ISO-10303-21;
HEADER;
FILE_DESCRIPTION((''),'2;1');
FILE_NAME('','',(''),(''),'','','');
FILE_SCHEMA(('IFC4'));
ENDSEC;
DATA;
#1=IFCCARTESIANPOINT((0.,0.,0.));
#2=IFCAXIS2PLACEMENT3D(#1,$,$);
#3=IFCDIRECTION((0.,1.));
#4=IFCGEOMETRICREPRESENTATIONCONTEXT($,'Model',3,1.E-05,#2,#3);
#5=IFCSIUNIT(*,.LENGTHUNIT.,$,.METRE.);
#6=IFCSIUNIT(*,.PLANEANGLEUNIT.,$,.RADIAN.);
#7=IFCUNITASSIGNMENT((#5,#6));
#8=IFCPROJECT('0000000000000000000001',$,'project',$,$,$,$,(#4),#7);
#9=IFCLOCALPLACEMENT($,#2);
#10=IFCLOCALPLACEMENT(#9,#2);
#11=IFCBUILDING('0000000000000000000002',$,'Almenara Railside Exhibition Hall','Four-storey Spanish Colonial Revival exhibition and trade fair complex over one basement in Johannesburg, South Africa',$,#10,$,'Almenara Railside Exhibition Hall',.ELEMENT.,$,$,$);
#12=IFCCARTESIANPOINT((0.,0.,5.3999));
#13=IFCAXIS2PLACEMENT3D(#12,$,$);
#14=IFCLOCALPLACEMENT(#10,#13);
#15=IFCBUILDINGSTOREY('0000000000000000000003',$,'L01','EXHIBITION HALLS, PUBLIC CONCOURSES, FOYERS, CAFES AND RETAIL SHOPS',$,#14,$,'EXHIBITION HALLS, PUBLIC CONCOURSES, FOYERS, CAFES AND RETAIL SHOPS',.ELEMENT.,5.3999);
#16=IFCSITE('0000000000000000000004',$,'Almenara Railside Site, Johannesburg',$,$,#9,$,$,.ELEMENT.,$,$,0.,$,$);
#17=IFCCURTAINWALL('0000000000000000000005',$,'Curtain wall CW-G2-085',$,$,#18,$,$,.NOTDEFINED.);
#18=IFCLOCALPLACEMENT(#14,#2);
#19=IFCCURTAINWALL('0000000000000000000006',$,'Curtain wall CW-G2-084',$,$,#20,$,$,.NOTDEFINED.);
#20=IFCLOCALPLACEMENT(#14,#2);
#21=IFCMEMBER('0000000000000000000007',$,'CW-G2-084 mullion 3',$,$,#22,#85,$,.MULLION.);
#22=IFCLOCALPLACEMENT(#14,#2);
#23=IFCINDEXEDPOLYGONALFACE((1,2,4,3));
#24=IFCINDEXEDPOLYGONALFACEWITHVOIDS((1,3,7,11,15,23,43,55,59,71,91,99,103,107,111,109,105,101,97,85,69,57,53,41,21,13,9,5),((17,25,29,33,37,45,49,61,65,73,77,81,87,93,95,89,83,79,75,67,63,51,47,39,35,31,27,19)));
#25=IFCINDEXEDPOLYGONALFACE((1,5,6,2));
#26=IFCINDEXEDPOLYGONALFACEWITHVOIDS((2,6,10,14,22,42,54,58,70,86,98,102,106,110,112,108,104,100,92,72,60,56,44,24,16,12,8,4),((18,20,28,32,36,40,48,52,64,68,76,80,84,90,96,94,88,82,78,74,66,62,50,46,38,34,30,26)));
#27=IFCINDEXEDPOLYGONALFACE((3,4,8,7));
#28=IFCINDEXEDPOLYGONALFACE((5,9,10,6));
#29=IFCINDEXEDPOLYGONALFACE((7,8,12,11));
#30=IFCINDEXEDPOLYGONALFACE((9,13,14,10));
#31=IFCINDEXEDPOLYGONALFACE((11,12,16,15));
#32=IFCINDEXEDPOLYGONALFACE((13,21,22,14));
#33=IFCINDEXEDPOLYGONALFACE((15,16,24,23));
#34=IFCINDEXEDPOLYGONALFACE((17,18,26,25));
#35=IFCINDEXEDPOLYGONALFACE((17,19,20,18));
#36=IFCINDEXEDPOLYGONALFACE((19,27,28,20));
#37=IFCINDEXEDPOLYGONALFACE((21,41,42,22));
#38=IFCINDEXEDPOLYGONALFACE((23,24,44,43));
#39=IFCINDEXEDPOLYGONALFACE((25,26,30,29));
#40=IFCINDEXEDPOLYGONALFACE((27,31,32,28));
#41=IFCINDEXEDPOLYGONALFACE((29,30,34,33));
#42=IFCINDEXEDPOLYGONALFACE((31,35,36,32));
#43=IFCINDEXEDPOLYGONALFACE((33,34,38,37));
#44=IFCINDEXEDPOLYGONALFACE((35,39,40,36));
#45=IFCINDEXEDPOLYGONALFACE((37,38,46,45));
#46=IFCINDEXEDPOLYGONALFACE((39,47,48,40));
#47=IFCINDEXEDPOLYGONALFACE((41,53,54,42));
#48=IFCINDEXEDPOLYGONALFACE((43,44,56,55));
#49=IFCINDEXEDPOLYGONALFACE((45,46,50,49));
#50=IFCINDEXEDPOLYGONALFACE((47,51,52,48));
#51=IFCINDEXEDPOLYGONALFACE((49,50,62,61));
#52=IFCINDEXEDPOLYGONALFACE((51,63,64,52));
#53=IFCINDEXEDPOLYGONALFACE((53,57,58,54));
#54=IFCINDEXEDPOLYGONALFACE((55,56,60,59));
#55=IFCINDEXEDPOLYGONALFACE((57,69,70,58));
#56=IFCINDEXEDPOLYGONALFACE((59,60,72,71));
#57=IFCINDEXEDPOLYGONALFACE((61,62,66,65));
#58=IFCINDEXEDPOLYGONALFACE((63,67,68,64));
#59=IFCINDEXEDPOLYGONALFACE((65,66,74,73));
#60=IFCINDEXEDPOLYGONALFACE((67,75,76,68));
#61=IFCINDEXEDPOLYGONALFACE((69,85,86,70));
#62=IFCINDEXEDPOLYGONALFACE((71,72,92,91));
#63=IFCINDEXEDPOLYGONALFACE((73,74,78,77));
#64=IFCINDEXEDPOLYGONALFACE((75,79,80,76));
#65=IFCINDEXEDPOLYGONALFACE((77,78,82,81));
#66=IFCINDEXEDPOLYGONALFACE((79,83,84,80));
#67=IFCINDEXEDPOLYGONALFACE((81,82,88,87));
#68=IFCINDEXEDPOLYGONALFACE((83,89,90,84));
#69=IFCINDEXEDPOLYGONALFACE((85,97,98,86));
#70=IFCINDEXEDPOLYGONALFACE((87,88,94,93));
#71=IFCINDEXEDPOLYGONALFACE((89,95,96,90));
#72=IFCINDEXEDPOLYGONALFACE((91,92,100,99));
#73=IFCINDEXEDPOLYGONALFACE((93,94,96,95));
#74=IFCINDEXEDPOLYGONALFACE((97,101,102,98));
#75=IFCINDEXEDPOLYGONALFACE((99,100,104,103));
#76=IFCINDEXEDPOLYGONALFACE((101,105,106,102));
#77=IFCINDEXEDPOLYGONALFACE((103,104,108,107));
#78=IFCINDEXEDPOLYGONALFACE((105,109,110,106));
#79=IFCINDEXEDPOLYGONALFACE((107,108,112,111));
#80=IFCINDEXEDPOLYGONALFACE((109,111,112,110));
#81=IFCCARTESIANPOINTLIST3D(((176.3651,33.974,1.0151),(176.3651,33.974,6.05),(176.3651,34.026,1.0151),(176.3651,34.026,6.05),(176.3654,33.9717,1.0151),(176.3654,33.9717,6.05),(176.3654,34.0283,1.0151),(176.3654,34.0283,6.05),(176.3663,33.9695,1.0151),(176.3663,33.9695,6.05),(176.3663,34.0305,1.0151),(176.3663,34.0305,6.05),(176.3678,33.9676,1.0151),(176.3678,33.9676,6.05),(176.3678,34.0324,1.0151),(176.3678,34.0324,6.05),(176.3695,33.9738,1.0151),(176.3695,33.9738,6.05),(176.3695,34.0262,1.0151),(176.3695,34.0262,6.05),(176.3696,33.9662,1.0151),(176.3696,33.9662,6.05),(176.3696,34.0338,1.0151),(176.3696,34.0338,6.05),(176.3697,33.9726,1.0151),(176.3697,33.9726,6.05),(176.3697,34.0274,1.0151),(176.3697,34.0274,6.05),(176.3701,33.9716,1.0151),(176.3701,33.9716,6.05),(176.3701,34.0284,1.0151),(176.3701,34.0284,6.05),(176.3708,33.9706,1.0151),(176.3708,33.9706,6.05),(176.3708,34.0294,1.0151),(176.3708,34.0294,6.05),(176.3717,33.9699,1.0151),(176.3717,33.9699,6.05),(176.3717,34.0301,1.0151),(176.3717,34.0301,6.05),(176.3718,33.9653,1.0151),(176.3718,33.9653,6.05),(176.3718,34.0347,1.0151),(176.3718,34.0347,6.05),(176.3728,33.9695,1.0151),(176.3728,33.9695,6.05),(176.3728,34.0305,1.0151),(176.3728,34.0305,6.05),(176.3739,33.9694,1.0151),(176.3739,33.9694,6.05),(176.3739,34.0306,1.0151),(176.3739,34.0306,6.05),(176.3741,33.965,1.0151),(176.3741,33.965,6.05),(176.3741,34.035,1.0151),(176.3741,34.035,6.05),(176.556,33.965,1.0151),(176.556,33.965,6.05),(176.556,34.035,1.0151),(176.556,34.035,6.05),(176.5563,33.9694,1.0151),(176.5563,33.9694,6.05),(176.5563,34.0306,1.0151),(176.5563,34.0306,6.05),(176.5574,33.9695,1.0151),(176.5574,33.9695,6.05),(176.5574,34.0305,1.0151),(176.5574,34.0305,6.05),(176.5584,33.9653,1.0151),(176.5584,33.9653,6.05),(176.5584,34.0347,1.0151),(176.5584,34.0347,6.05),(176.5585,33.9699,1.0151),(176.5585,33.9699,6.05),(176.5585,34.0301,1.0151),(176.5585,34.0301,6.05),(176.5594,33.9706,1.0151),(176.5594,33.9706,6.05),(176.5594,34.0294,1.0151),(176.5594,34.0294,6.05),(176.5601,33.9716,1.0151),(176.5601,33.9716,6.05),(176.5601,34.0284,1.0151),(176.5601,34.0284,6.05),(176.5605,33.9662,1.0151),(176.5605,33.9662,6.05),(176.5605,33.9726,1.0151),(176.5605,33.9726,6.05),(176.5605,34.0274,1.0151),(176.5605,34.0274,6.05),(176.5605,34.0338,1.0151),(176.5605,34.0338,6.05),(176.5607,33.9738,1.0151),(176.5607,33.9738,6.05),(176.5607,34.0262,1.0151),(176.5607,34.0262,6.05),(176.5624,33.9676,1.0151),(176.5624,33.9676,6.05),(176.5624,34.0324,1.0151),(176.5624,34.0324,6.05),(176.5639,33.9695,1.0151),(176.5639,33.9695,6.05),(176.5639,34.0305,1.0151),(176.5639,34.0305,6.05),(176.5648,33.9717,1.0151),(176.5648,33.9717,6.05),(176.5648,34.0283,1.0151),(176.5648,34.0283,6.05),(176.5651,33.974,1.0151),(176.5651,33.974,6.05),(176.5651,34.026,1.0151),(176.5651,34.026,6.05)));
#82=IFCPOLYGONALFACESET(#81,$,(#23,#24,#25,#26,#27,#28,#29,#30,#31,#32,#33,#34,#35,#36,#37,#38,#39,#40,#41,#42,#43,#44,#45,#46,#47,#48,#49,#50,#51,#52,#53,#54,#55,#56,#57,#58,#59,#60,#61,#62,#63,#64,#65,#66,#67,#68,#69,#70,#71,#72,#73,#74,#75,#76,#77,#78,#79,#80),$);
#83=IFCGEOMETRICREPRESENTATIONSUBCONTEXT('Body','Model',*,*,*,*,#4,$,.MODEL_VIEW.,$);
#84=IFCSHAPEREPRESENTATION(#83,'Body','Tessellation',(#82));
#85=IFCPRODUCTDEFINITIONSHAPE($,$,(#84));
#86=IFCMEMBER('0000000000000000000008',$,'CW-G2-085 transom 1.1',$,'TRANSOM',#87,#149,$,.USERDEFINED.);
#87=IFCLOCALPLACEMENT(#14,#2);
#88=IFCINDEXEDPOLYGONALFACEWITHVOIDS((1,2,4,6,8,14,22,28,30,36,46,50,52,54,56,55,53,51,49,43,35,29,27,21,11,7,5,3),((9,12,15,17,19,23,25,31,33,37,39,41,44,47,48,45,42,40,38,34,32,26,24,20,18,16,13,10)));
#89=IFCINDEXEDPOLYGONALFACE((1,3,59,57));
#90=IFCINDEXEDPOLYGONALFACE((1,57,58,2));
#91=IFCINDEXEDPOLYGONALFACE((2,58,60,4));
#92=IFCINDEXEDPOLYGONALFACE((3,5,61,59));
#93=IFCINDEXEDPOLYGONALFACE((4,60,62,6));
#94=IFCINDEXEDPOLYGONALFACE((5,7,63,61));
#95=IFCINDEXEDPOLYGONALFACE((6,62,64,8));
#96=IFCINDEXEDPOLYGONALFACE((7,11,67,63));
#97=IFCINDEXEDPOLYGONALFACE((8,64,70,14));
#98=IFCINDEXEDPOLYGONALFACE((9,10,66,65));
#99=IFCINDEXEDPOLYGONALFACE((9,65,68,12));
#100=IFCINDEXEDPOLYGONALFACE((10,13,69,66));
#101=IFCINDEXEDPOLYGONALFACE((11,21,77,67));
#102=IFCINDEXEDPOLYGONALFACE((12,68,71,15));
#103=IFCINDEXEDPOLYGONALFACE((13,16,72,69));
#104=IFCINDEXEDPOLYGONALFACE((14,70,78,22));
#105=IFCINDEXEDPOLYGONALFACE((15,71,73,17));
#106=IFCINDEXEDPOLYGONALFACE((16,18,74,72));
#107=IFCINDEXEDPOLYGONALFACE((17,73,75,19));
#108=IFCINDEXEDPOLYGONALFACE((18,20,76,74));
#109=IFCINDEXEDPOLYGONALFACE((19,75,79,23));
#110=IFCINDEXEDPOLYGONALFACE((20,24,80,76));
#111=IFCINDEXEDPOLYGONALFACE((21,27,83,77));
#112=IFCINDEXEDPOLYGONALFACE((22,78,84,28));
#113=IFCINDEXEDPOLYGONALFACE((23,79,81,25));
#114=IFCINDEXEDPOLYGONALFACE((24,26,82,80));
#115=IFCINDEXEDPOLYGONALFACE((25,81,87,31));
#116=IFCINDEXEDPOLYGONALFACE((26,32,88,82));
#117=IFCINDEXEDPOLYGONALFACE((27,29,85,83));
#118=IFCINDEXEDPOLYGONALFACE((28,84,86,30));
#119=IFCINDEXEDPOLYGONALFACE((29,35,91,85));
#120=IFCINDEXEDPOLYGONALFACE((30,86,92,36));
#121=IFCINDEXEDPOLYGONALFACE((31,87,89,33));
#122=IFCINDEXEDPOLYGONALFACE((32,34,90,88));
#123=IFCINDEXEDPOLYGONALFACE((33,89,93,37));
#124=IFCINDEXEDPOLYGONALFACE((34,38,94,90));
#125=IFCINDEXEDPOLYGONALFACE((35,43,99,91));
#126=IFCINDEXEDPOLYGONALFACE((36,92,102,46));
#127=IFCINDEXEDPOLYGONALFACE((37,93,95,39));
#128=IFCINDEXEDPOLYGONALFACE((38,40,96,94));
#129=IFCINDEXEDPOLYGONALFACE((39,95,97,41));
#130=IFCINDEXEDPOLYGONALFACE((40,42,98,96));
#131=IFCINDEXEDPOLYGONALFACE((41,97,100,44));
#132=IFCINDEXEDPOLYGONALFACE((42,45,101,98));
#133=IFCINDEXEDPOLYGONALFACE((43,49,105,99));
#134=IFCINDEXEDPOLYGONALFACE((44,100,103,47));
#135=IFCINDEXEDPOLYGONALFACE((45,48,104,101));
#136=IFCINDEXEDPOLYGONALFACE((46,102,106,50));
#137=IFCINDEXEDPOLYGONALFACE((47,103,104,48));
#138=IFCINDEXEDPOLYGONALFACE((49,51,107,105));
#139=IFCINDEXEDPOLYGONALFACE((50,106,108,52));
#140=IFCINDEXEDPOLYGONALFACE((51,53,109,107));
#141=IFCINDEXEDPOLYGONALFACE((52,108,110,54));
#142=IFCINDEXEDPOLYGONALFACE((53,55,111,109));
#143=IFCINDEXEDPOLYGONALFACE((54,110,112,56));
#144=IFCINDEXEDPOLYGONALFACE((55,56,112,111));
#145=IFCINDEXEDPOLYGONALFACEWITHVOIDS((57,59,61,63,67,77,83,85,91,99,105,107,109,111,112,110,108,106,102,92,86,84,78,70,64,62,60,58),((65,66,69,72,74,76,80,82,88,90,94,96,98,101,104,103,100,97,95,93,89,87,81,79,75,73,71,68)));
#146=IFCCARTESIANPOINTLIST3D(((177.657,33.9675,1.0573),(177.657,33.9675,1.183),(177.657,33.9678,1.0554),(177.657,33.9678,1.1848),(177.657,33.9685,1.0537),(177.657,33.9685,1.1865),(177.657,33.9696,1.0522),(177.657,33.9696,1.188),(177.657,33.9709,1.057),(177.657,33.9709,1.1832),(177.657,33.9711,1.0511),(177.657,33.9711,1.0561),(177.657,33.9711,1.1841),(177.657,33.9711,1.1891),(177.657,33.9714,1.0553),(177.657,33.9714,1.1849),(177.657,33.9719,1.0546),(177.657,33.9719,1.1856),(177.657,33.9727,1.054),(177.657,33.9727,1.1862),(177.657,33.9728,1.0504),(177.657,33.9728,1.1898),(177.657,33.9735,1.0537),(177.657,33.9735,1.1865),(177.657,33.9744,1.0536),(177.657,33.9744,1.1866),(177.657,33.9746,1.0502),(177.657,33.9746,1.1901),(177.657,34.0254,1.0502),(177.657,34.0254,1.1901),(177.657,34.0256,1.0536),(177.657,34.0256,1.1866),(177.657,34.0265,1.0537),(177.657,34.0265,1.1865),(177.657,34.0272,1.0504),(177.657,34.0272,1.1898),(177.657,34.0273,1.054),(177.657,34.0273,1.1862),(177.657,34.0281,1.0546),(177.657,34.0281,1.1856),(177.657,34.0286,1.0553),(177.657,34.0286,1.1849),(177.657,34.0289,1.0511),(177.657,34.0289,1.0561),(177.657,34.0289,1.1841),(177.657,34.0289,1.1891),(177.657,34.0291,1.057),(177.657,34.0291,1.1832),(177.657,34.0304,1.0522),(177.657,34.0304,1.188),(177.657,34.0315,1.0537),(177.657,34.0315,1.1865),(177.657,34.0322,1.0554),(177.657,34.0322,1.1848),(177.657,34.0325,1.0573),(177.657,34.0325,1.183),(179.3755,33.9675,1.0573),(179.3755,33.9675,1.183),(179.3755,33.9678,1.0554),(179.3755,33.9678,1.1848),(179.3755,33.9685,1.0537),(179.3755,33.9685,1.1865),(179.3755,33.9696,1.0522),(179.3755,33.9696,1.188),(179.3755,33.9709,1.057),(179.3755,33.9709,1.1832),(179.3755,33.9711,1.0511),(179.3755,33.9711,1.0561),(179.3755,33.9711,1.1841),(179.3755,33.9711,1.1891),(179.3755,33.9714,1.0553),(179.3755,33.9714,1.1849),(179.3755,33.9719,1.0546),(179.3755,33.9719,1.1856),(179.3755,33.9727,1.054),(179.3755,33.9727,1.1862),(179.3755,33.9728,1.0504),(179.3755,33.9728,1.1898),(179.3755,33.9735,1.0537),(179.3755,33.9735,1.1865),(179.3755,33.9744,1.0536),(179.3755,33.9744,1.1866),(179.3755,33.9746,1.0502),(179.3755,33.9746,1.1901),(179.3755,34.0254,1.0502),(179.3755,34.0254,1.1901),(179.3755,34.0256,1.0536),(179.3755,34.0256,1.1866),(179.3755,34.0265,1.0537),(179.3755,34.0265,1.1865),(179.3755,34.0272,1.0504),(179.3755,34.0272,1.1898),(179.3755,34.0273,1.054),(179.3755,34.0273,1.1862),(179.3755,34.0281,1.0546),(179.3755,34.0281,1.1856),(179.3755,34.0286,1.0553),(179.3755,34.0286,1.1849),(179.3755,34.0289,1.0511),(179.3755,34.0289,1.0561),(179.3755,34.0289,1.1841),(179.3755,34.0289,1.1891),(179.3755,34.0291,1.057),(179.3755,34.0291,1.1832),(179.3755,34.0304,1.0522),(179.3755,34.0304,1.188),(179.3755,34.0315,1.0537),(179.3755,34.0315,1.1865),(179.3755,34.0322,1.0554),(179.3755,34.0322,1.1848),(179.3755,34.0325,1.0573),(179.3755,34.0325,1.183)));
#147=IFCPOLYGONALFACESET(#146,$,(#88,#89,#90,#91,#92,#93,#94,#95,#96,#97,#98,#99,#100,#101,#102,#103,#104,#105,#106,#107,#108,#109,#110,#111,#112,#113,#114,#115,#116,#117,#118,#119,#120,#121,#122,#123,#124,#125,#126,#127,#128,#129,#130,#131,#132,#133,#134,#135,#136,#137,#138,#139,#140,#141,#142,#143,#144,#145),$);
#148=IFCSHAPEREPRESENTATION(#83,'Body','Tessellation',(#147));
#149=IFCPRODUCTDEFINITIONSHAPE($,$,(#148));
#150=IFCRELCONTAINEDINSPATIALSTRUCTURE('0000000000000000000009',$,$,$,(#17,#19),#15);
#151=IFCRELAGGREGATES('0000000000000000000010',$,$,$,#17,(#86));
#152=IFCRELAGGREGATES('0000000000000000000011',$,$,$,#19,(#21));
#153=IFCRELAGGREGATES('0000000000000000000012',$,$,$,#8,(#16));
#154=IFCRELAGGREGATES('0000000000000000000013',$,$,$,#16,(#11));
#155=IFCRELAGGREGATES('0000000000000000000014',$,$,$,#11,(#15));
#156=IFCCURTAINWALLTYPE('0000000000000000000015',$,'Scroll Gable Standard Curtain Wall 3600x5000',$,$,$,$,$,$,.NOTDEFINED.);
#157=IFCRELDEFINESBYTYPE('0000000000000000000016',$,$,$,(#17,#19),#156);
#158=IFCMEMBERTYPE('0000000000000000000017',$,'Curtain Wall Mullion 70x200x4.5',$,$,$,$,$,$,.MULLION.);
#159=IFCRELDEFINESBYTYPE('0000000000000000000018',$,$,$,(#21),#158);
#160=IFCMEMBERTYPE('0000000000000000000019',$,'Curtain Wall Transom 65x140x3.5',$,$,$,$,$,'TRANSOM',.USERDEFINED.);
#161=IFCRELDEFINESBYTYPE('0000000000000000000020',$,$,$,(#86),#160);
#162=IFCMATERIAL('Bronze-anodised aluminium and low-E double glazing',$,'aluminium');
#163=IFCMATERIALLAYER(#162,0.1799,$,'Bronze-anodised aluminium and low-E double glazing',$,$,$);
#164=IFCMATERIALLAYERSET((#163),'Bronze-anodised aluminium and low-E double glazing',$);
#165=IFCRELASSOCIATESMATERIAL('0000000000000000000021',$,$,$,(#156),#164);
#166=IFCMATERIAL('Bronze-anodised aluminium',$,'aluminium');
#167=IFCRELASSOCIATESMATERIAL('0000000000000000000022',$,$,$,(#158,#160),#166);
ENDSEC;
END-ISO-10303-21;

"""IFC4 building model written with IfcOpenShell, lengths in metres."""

from ifc_helpers import new_model, si_unit, direction, frame, origin, origin_2d, place, context, subcontext, project, spatial, hollow_rectangle, extrude, material, layer, layer_set, material_profile, profile_set, type_object, element, aggregate, save


model = new_model("IFC4")

# Units and contexts
model_context = context("Model", 3, precision=1e-05, world=origin(), true_north=direction((0.0, 1.0)))
body_context = subcontext(model_context, "Body", "Model", "MODEL_VIEW")
ifc_project = project(units=[si_unit("LENGTHUNIT", "METRE"), si_unit("PLANEANGLEUNIT", "RADIAN")], contexts=[model_context])

# Site, building, storey
site_placement = place(None, origin())
site = spatial("IfcSite", under=ifc_project, at=site_placement, Name="Almenara Railside Site, Johannesburg", CompositionType="ELEMENT", RefElevation=0.0)
building_placement = place(site_placement, origin())
building = spatial("IfcBuilding", under=site, at=building_placement, Name="Almenara Railside Exhibition Hall", Description="Four-storey Spanish Colonial Revival exhibition and trade fair complex over one basement in Johannesburg, South Africa", LongName="Almenara Railside Exhibition Hall", CompositionType="ELEMENT")
storey_placement = place(building_placement, frame((0.0, 0.0, 5.3999)))
storey = spatial("IfcBuildingStorey", under=building, at=storey_placement, Name="L01", Description="EXHIBITION HALLS, PUBLIC CONCOURSES, FOYERS, CAFES AND RETAIL SHOPS", LongName="EXHIBITION HALLS, PUBLIC CONCOURSES, FOYERS, CAFES AND RETAIL SHOPS", CompositionType="ELEMENT", Elevation=5.3999)

# Curtain wall
ifc_material_1 = material(Name="Bronze-anodised aluminium and low-E double glazing", Category="aluminium")
ifc_layer_1 = layer(ifc_material_1, 0.1799, Name="Bronze-anodised aluminium and low-E double glazing")
ifc_layer_set_1 = layer_set([ifc_layer_1], Name="Bronze-anodised aluminium and low-E double glazing")
curtain_wall_type = type_object("IfcCurtainWallType", Name="Scroll Gable Standard Curtain Wall 3600x5000", PredefinedType="NOTDEFINED", material=ifc_layer_set_1)
curtain_wall_1_placement = place(storey_placement, origin())
curtain_wall_1 = element("IfcCurtainWall", 1, at=curtain_wall_1_placement, inside=storey, type_object=curtain_wall_type, Name="Curtain wall CW-G2-085", PredefinedType="NOTDEFINED")
ifc_material_2 = material(Name="Bronze-anodised aluminium", Category="aluminium")

# Curtain wall, member
curtain_wall_2_placement = place(storey_placement, origin())
curtain_wall_2 = element("IfcCurtainWall", 2, at=curtain_wall_2_placement, inside=storey, type_object=curtain_wall_type, Name="Curtain wall CW-G2-084", PredefinedType="NOTDEFINED")
ifc_material_profile_1 = material_profile(ifc_material_2, hollow_rectangle(XDim=0.0701, YDim=0.2, WallThickness=0.0044, InnerFilletRadius=0.0044, OuterFilletRadius=0.009, at=origin_2d()), Name="ALU-MUL 70x200x4.5")
ifc_profile_set_1 = profile_set([ifc_material_profile_1], Name="Bronze-anodised aluminium")
member_type_1 = type_object("IfcMemberType", Name="Curtain Wall Mullion 70x200x4.5", PredefinedType="MULLION", material=ifc_profile_set_1)
member_1_placement = place(storey_placement, frame((176.4651, 34.0, 1.0151), z_axis=(0.0, 0.0, 1.0), x_axis=(0.0, 1.0, 0.0)))
member_1 = element("IfcMember", 3, at=member_1_placement, type_object=member_type_1, Name="CW-G2-084 mullion 3", PredefinedType="MULLION", context=body_context, shape_type="SweptSolid", body=[
    extrude(hollow_rectangle(XDim=0.0701, YDim=0.2, WallThickness=0.0044, InnerFilletRadius=0.0044, OuterFilletRadius=0.009, at=origin_2d()), origin(), (0.0, 0.0, 1.0), 5.0349),
])

# Member
ifc_material_profile_2 = material_profile(ifc_material_2, hollow_rectangle(XDim=0.0649, YDim=0.1399, WallThickness=0.0034, InnerFilletRadius=0.0034, OuterFilletRadius=0.0071, at=origin_2d()), Name="ALU-TRN 65x140x3.5")
ifc_profile_set_2 = profile_set([ifc_material_profile_2], Name="Bronze-anodised aluminium")
member_type_2 = type_object("IfcMemberType", Name="Curtain Wall Transom 65x140x3.5", ElementType="TRANSOM", PredefinedType="USERDEFINED", material=ifc_profile_set_2)
member_2_placement = place(storey_placement, frame((177.657, 34.0, 1.1201), z_axis=(1.0, 0.0, 0.0), x_axis=(0.0, 1.0, 0.0)))
member_2 = element("IfcMember", 4, at=member_2_placement, type_object=member_type_2, Name="CW-G2-085 transom 1.1", ObjectType="TRANSOM", PredefinedType="USERDEFINED", context=body_context, shape_type="SweptSolid", body=[
    extrude(hollow_rectangle(XDim=0.0649, YDim=0.1399, WallThickness=0.0034, InnerFilletRadius=0.0034, OuterFilletRadius=0.0071, at=origin_2d()), origin(), (0.0, 0.0, 1.0), 1.7185),
])

aggregate(curtain_wall_1, [member_2])
aggregate(curtain_wall_2, [member_1])

save(model, "model.ifc")
